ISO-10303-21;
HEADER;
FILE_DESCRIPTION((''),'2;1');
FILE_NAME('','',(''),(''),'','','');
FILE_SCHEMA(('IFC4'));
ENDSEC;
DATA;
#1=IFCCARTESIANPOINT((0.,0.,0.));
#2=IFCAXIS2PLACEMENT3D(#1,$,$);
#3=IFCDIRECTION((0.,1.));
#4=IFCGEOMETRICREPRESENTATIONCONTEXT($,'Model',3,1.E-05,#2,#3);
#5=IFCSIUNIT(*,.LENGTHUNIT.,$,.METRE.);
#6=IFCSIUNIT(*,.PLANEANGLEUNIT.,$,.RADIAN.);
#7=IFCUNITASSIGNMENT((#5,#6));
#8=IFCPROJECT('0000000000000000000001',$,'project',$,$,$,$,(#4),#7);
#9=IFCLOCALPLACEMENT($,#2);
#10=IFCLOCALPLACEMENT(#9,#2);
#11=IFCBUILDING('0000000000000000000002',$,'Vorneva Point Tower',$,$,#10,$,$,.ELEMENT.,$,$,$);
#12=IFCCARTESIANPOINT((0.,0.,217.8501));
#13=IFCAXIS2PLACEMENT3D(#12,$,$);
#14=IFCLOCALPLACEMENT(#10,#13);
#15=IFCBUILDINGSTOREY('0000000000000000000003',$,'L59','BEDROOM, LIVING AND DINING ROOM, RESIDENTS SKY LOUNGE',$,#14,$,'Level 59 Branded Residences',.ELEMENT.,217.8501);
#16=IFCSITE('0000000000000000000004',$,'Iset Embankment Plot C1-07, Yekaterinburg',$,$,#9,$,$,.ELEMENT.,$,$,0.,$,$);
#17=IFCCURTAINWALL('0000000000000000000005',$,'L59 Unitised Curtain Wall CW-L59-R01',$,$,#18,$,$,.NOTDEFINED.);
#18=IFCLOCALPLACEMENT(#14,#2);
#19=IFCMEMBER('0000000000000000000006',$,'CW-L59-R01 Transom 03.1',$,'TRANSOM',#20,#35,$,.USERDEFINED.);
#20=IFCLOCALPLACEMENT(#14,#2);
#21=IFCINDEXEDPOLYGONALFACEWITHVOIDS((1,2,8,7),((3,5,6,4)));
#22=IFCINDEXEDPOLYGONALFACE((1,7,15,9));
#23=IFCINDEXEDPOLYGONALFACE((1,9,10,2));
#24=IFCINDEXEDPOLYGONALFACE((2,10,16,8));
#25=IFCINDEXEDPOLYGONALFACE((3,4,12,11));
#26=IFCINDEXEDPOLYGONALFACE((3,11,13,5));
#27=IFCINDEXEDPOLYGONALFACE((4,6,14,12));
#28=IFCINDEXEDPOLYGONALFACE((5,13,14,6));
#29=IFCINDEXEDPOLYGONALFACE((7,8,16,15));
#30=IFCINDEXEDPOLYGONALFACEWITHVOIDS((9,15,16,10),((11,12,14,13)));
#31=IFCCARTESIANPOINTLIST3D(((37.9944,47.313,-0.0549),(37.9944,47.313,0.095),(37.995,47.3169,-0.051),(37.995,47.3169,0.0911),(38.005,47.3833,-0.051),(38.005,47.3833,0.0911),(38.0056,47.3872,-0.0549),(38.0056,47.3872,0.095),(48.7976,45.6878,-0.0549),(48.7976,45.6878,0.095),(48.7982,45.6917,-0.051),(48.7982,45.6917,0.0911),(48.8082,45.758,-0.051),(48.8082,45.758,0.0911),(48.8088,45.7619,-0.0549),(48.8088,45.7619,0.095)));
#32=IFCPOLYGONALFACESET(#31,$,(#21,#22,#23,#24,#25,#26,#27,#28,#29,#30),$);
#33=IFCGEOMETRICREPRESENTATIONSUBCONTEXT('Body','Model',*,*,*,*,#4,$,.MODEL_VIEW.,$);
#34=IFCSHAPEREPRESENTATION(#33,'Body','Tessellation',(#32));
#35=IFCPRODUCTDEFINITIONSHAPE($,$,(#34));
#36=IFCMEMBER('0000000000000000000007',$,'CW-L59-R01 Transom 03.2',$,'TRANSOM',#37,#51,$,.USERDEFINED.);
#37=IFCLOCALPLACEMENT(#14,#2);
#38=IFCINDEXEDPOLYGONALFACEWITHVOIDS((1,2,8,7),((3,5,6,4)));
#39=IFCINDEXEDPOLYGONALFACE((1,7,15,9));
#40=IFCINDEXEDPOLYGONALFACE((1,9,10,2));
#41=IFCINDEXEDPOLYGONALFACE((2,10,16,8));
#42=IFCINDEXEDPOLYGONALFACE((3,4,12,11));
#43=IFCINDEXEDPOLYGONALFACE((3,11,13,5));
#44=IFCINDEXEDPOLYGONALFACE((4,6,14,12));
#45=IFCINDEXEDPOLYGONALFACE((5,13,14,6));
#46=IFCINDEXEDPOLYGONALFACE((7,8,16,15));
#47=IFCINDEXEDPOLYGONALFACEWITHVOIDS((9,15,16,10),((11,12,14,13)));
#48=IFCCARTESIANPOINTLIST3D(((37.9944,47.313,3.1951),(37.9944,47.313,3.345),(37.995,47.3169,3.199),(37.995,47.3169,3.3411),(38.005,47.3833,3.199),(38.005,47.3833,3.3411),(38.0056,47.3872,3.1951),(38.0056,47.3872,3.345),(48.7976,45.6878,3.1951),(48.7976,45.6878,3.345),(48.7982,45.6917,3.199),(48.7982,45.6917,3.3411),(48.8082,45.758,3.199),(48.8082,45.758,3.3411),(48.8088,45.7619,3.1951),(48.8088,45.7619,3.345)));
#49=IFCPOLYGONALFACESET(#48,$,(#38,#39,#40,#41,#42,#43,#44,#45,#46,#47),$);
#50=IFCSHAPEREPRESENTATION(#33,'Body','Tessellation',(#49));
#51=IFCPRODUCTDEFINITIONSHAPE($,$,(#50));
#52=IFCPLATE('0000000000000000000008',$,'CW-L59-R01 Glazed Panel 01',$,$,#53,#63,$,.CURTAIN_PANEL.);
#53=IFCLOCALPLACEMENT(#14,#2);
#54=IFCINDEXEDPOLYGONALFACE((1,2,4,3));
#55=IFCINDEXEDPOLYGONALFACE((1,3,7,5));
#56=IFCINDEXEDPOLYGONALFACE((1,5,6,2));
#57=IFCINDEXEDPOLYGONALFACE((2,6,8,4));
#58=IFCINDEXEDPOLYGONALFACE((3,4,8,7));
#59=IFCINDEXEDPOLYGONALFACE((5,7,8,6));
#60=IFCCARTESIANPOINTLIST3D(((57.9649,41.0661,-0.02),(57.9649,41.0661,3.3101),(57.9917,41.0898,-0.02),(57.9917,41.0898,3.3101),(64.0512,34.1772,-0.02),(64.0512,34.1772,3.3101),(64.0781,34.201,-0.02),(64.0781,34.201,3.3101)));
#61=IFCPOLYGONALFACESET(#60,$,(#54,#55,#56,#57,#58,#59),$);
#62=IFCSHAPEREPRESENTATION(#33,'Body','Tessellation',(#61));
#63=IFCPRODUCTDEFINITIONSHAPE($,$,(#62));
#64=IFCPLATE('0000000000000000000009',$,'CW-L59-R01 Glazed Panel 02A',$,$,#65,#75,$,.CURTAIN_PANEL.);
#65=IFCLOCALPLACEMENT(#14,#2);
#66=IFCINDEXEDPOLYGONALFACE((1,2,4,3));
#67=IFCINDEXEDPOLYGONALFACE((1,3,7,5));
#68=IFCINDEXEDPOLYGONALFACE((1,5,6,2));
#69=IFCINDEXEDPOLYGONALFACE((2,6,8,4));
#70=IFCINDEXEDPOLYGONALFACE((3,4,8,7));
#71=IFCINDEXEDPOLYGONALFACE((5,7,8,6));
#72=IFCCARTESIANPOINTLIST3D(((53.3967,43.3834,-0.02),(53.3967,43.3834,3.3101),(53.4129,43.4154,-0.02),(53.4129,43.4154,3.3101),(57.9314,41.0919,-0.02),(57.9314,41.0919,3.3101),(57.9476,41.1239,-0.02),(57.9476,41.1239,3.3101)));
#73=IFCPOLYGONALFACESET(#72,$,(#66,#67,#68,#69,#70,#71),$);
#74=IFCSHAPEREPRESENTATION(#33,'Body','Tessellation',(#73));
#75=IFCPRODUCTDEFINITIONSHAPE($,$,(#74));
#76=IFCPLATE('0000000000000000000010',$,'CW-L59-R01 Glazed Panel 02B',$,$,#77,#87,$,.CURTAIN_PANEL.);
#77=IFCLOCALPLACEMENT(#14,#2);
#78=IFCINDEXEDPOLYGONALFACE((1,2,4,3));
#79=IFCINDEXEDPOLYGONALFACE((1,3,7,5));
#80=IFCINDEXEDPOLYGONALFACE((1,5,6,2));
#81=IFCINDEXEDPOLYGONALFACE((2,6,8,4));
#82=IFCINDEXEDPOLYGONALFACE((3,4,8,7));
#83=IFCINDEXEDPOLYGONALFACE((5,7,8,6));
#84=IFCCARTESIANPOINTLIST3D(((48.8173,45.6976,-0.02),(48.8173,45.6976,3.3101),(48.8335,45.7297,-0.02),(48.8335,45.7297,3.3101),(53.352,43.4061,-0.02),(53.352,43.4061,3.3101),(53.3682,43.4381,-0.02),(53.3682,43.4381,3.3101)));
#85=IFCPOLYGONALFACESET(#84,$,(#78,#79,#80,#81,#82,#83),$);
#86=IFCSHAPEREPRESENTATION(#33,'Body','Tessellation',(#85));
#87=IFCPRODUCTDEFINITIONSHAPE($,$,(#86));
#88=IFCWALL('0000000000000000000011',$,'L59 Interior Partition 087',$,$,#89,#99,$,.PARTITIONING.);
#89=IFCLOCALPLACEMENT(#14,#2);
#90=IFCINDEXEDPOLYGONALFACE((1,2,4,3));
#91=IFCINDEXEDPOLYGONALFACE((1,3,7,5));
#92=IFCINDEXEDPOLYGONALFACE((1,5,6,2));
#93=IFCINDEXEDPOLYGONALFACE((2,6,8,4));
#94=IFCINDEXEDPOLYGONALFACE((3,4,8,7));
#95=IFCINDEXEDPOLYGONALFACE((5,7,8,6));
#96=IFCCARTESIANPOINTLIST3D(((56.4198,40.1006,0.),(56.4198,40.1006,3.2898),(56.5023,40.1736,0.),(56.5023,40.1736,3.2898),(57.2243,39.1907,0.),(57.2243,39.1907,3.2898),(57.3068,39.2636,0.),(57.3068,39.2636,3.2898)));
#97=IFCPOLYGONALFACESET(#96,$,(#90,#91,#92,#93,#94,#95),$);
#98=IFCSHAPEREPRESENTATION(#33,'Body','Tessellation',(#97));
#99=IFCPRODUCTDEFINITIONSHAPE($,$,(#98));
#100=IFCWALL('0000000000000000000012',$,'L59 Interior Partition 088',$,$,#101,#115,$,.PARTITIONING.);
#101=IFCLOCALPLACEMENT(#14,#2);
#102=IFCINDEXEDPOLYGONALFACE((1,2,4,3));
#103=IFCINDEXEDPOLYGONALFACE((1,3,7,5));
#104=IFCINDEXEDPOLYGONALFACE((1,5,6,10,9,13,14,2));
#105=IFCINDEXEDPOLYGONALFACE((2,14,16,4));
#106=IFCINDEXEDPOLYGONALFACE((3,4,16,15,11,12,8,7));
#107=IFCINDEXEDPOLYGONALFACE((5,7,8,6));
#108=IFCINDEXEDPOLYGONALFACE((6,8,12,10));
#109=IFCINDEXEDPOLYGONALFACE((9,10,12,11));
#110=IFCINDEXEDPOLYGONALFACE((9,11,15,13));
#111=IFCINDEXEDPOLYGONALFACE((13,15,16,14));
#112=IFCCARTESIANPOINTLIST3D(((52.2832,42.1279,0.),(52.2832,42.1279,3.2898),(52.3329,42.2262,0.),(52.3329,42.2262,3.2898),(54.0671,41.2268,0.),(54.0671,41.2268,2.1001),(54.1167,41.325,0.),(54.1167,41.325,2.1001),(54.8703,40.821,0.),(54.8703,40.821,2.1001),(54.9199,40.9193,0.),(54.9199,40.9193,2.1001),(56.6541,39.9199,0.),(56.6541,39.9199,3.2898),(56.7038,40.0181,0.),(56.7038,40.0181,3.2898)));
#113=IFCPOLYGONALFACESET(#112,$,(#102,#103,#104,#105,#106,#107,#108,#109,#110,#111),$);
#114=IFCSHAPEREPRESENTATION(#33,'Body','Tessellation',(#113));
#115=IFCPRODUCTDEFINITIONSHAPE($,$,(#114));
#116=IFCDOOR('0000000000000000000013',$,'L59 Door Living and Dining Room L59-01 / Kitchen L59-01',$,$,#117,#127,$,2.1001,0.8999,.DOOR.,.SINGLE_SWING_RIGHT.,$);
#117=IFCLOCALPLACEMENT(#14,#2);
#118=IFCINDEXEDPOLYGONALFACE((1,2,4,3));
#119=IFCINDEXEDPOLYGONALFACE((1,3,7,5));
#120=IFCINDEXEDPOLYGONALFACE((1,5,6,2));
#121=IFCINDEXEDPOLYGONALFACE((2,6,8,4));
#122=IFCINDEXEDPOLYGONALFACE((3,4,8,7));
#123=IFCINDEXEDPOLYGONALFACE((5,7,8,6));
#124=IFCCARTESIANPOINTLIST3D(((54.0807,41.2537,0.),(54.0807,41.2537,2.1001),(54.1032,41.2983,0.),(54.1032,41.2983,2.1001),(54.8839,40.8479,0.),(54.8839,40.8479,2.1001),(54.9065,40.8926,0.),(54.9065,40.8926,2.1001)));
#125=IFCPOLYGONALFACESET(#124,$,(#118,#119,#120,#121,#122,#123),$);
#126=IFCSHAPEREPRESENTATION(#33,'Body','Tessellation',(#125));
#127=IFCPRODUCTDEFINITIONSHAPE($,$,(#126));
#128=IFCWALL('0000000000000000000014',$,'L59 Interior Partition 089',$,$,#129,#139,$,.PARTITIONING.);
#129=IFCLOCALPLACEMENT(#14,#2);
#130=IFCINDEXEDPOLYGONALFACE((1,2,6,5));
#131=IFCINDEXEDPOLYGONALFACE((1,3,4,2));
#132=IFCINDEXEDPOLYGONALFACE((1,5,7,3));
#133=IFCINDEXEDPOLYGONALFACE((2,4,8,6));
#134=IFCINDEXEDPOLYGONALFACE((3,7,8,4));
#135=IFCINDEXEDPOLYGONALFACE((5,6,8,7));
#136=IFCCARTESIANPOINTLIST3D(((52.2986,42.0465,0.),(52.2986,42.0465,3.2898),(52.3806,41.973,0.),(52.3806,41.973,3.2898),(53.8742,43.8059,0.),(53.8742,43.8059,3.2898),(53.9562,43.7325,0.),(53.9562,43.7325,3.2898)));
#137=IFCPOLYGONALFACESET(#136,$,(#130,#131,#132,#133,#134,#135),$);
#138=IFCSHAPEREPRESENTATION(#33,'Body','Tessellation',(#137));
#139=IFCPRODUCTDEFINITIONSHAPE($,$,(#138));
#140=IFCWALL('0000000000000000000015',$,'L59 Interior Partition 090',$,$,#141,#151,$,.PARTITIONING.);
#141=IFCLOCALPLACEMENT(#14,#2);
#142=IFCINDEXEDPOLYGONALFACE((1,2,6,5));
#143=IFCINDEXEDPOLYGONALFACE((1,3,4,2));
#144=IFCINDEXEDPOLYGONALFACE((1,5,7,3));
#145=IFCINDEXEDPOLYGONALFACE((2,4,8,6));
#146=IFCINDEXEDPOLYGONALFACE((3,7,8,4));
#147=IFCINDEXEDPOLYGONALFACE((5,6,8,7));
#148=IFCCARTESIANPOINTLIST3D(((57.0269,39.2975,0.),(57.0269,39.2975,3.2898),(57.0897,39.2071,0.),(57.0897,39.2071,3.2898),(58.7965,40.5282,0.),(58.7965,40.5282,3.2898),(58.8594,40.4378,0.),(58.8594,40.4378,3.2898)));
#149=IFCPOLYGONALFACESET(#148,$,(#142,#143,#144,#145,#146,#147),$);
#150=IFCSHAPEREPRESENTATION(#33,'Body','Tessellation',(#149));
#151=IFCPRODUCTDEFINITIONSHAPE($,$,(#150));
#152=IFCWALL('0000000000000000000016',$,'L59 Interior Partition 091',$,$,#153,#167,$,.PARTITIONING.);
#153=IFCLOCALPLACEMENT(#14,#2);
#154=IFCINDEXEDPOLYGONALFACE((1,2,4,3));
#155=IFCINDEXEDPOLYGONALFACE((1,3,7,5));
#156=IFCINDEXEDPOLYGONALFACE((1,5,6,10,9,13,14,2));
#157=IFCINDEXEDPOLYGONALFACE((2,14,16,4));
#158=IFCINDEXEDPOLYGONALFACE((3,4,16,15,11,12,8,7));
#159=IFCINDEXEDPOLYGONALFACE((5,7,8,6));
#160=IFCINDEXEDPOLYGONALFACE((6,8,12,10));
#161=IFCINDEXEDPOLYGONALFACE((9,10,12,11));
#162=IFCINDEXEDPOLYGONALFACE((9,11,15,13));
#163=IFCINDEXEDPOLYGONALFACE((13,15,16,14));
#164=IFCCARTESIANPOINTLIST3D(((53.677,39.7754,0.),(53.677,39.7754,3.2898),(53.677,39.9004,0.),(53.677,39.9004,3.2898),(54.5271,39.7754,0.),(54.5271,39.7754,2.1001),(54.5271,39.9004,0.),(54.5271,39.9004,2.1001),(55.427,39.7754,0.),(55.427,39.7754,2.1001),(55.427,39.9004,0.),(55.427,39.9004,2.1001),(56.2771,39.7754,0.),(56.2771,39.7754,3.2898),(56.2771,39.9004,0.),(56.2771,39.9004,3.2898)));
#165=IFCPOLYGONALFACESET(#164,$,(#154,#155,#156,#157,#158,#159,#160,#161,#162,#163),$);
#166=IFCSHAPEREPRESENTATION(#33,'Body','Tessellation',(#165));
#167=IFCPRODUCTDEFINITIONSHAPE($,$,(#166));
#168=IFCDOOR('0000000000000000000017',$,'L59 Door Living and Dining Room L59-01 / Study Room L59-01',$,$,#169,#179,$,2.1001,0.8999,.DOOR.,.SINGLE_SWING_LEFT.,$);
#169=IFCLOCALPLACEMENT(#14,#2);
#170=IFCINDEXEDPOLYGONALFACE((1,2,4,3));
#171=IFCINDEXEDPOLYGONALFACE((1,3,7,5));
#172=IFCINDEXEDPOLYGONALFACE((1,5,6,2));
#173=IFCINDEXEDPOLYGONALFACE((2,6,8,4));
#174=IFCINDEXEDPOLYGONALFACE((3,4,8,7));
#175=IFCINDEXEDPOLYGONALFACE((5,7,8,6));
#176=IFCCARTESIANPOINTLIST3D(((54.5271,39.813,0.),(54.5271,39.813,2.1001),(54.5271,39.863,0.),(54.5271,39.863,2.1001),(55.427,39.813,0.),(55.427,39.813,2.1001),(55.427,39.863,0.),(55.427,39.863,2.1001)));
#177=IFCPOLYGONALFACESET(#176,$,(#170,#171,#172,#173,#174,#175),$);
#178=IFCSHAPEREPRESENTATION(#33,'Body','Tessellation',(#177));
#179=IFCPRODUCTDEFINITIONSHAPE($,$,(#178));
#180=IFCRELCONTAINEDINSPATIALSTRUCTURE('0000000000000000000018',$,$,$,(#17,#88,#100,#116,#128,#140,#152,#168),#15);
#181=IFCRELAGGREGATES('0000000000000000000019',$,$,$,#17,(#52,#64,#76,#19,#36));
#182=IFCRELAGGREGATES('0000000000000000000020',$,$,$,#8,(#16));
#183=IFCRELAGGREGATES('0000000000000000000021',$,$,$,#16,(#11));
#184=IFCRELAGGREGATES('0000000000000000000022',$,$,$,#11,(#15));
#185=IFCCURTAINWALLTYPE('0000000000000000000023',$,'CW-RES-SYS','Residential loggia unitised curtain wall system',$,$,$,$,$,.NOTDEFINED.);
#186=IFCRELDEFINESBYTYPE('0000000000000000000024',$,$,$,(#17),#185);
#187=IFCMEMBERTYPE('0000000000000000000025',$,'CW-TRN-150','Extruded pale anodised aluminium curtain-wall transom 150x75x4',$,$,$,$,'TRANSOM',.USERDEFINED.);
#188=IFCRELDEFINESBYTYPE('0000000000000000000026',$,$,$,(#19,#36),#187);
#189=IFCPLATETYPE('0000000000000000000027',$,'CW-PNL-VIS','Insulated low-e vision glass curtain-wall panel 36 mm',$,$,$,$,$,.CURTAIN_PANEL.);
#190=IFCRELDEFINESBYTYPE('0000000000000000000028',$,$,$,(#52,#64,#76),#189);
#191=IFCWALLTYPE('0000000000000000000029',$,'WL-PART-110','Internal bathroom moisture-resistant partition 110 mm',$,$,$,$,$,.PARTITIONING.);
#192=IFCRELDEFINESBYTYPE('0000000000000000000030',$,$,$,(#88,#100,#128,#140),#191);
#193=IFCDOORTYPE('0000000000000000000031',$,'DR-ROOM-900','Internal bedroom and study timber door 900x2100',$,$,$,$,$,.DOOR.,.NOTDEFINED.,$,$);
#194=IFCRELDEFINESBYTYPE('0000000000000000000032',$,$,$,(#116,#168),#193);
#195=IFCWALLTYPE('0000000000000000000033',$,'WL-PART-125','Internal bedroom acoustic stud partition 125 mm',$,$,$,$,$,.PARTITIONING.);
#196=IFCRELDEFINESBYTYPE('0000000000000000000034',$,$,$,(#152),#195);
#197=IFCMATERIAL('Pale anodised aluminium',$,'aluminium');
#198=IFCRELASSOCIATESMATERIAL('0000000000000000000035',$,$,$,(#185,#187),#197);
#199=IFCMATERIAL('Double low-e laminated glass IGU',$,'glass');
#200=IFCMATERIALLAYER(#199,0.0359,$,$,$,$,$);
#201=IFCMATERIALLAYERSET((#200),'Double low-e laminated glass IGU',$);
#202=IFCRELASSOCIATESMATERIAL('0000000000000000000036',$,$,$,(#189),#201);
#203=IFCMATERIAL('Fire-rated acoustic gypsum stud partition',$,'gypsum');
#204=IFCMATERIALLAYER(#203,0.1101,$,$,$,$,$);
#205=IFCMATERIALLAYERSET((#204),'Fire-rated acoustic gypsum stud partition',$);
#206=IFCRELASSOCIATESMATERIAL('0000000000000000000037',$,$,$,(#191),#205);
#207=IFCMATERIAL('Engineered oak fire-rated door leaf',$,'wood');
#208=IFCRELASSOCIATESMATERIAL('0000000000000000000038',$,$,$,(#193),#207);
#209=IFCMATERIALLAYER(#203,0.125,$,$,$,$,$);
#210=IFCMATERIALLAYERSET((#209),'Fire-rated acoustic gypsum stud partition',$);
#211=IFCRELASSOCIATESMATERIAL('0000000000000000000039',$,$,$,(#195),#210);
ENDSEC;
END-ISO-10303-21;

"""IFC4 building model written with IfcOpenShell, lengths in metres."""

from ifc_helpers import new_model, si_unit, direction, frame, frame_2d, origin, origin_2d, place, context, subcontext, project, spatial, rectangle, hollow_rectangle, extrude, material, layer, layer_set, material_profile, profile_set, type_object, element, fill, aggregate, save


model = new_model("IFC4")

# Units and contexts
model_context = context("Model", 3, precision=1e-05, world=origin(), true_north=direction((0.0, 1.0)))
body_context = subcontext(model_context, "Body", "Model", "MODEL_VIEW")
ifc_project = project(units=[si_unit("LENGTHUNIT", "METRE"), si_unit("PLANEANGLEUNIT", "RADIAN")], contexts=[model_context])

# Site, building, storey
site_placement = place(None, origin())
site = spatial("IfcSite", under=ifc_project, at=site_placement, Name="Iset Embankment Plot C1-07, Yekaterinburg", CompositionType="ELEMENT", RefElevation=0.0)
building_placement = place(site_placement, origin())
building = spatial("IfcBuilding", under=site, at=building_placement, Name="Vorneva Point Tower", CompositionType="ELEMENT")
storey_placement = place(building_placement, frame((0.0, 0.0, 217.8501)))
storey = spatial("IfcBuildingStorey", under=building, at=storey_placement, Name="L59", Description="BEDROOM, LIVING AND DINING ROOM, RESIDENTS SKY LOUNGE", LongName="Level 59 Branded Residences", CompositionType="ELEMENT", Elevation=217.8501)

# Curtain wall, members, plates
ifc_material_1 = material(Name="Pale anodised aluminium", Category="aluminium")
curtain_wall_type = type_object("IfcCurtainWallType", Name="CW-RES-SYS", Description="Residential loggia unitised curtain wall system", PredefinedType="NOTDEFINED", material=ifc_material_1)
curtain_wall_placement = place(storey_placement, origin())
curtain_wall = element("IfcCurtainWall", 1, at=curtain_wall_placement, inside=storey, type_object=curtain_wall_type, Name="L59 Unitised Curtain Wall CW-L59-R01", PredefinedType="NOTDEFINED")
ifc_material_profile_1 = material_profile(ifc_material_1, hollow_rectangle(XDim=0.075, YDim=0.1499, WallThickness=0.0039, at=origin_2d()), Name="AL-TRN 150x75x4")
ifc_profile_set_1 = profile_set([ifc_material_profile_1], Name="Pale anodised aluminium")
member_type_1 = type_object("IfcMemberType", Name="CW-TRN-150", Description="Extruded pale anodised aluminium curtain-wall transom 150x75x4", ElementType="TRANSOM", PredefinedType="USERDEFINED", material=ifc_profile_set_1)
member_1_placement = place(storey_placement, frame((48.8032, 45.7249, 0.02), z_axis=(-0.988872, 0.148767, 0.0), x_axis=(-0.148767, -0.988872, 0.0)))
member_1 = element("IfcMember", 2, at=member_1_placement, type_object=member_type_1, Name="CW-L59-R01 Transom 03.1", ObjectType="TRANSOM", PredefinedType="USERDEFINED", context=body_context, shape_type="SweptSolid", body=[
    extrude(hollow_rectangle(XDim=0.075, YDim=0.1499, WallThickness=0.0039, at=origin_2d()), origin(), (0.0, 0.0, 1.0), 10.9248),
])
member_2_placement = place(storey_placement, frame((48.8032, 45.7249, 3.27), z_axis=(-0.988872, 0.148767, 0.0), x_axis=(-0.148767, -0.988872, 0.0)))
member_2 = element("IfcMember", 3, at=member_2_placement, type_object=member_type_1, Name="CW-L59-R01 Transom 03.2", ObjectType="TRANSOM", PredefinedType="USERDEFINED", context=body_context, shape_type="SweptSolid", body=[
    extrude(hollow_rectangle(XDim=0.075, YDim=0.1499, WallThickness=0.0039, at=origin_2d()), origin(), (0.0, 0.0, 1.0), 10.9248),
])
ifc_material_2 = material(Name="Double low-e laminated glass IGU", Category="glass")
ifc_layer_1 = layer(ifc_material_2, 0.0359)
ifc_layer_set_1 = layer_set([ifc_layer_1], Name="Double low-e laminated glass IGU")
plate_type = type_object("IfcPlateType", Name="CW-PNL-VIS", Description="Insulated low-e vision glass curtain-wall panel 36 mm", PredefinedType="CURTAIN_PANEL", material=ifc_layer_set_1)
plate_1_placement = place(storey_placement, frame((61.0215, 37.6335, -0.02), z_axis=(0.0, 0.0, 1.0), x_axis=(-0.66211, 0.749407, 0.0)))
plate_1 = element("IfcPlate", 4, at=plate_1_placement, type_object=plate_type, Name="CW-L59-R01 Glazed Panel 01", PredefinedType="CURTAIN_PANEL", context=body_context, shape_type="SweptSolid", body=[
    extrude(rectangle(XDim=9.1924, YDim=0.0359, at=origin_2d()), origin(), (0.0, 0.0, 1.0), 3.3301),
])
plate_2_placement = place(storey_placement, frame((55.6721, 42.2537, -0.02), z_axis=(0.0, 0.0, 1.0), x_axis=(-0.892515, 0.451018, 0.0)))
plate_2 = element("IfcPlate", 5, at=plate_2_placement, type_object=plate_type, Name="CW-L59-R01 Glazed Panel 02A", PredefinedType="CURTAIN_PANEL", context=body_context, shape_type="SweptSolid", body=[
    extrude(rectangle(XDim=5.0808, YDim=0.0359, at=origin_2d()), origin(), (0.0, 0.0, 1.0), 3.3301),
])
plate_3_placement = place(storey_placement, frame((51.0928, 44.5679, -0.02), z_axis=(0.0, 0.0, 1.0), x_axis=(-0.892515, 0.451018, 0.0)))
plate_3 = element("IfcPlate", 6, at=plate_3_placement, type_object=plate_type, Name="CW-L59-R01 Glazed Panel 02B", PredefinedType="CURTAIN_PANEL", context=body_context, shape_type="SweptSolid", body=[
    extrude(rectangle(XDim=5.0808, YDim=0.0359, at=origin_2d()), origin(), (0.0, 0.0, 1.0), 3.3301),
])
aggregate(curtain_wall, [plate_1, plate_2, plate_3, member_1, member_2])

# Wall
ifc_material_3 = material(Name="Fire-rated acoustic gypsum stud partition", Category="gypsum")
ifc_layer_2 = layer(ifc_material_3, 0.1101)
ifc_layer_set_2 = layer_set([ifc_layer_2], Name="Fire-rated acoustic gypsum stud partition")
wall_type_1 = type_object("IfcWallType", Name="WL-PART-110", Description="Internal bathroom moisture-resistant partition 110 mm", PredefinedType="PARTITIONING", material=ifc_layer_set_2)
wall_1_placement = place(storey_placement, frame((57.2656, 39.2271, 0.0), z_axis=(0.0, 0.0, 1.0), x_axis=(-0.662353, 0.749192, 0.0)))
element("IfcWall", 7, at=wall_1_placement, inside=storey, type_object=wall_type_1, Name="L59 Interior Partition 087", PredefinedType="PARTITIONING", context=body_context, shape_type="SweptSolid", body=[
    extrude(rectangle(XDim=1.2146, YDim=0.1101, at=frame_2d((0.6074, 0.0))), origin(), (0.0, 0.0, 1.0), 3.2898),
])

# Wall, opening, door
wall_2_placement = place(storey_placement, frame((56.679, 39.969, 0.0), z_axis=(0.0, 0.0, 1.0), x_axis=(-0.892575, 0.450899, 0.0)))
wall_2 = element("IfcWall", 8, at=wall_2_placement, inside=storey, type_object=wall_type_1, Name="L59 Interior Partition 088", PredefinedType="PARTITIONING", context=body_context, shape_type="SweptSolid", body=[
    extrude(rectangle(XDim=4.897, YDim=0.1101, at=frame_2d((2.4485, 0.0))), origin(), (0.0, 0.0, 1.0), 3.2898),
])
opening_1_placement = place(wall_2_placement, frame((1.9985, 0.0, 0.0)))
opening_1 = element("IfcOpeningElement", 9, at=opening_1_placement, cuts=wall_2, PredefinedType="OPENING", context=body_context, shape_type="SweptSolid", body=[
    extrude(rectangle(XDim=0.8999, YDim=2.1001, at=frame_2d((0.45, 1.05))), frame((0.0, 0.0698, 0.0), z_axis=(0.0, -1.0, 0.0), x_axis=(1.0, 0.0, 0.0)), (0.0, 0.0, 1.0), 0.1399),
])
ifc_material_4 = material(Name="Engineered oak fire-rated door leaf", Category="wood")
door_type_1 = type_object("IfcDoorType", Name="DR-ROOM-900", Description="Internal bedroom and study timber door 900x2100", OperationType="NOTDEFINED", PredefinedType="DOOR", material=ifc_material_4)
door_1_placement = place(opening_1_placement, origin())
door_1 = element("IfcDoor", 10, at=door_1_placement, inside=storey, type_object=door_type_1, Name="L59 Door Living and Dining Room L59-01 / Kitchen L59-01", OperationType="SINGLE_SWING_RIGHT", OverallHeight=2.1001, OverallWidth=0.8999, PredefinedType="DOOR", context=body_context, shape_type="SweptSolid", body=[
    extrude(rectangle(XDim=0.8999, YDim=2.1001, at=frame_2d((0.45, 1.05))), frame((0.0, 0.0249, 0.0), z_axis=(0.0, -1.0, 0.0), x_axis=(1.0, 0.0, 0.0)), (0.0, 0.0, 1.0), 0.05),
])
fill(opening_1, door_1)

# Walls
wall_3_placement = place(storey_placement, frame((52.3396, 42.0098, 0.0), z_axis=(0.0, 0.0, 1.0), x_axis=(0.667118, 0.744952, 0.0)))
element("IfcWall", 11, at=wall_3_placement, inside=storey, type_object=wall_type_1, Name="L59 Interior Partition 089", PredefinedType="PARTITIONING", context=body_context, shape_type="SweptSolid", body=[
    extrude(rectangle(XDim=2.3618, YDim=0.1101, at=frame_2d((1.1809, 0.0))), origin(), (0.0, 0.0, 1.0), 3.2898),
])
wall_4_placement = place(storey_placement, frame((58.8279, 40.4829, 0.0), z_axis=(0.0, 0.0, 1.0), x_axis=(-0.821, -0.570928, 0.0)))
element("IfcWall", 12, at=wall_4_placement, inside=storey, type_object=wall_type_1, Name="L59 Interior Partition 090", PredefinedType="PARTITIONING", context=body_context, shape_type="SweptSolid", body=[
    extrude(rectangle(XDim=2.1555, YDim=0.1101, at=frame_2d((1.0776, 0.0))), origin(), (0.0, 0.0, 1.0), 3.2898),
])

# Wall, opening, door
ifc_layer_3 = layer(ifc_material_3, 0.125)
ifc_layer_set_3 = layer_set([ifc_layer_3], Name="Fire-rated acoustic gypsum stud partition")
wall_type_2 = type_object("IfcWallType", Name="WL-PART-125", Description="Internal bedroom acoustic stud partition 125 mm", PredefinedType="PARTITIONING", material=ifc_layer_set_3)
wall_5_placement = place(storey_placement, frame((56.2771, 39.8379, 0.0), z_axis=(0.0, 0.0, 1.0), x_axis=(-1.0, 0.0, 0.0)))
wall_5 = element("IfcWall", 13, at=wall_5_placement, inside=storey, type_object=wall_type_2, Name="L59 Interior Partition 091", PredefinedType="PARTITIONING", context=body_context, shape_type="SweptSolid", body=[
    extrude(rectangle(XDim=2.6001, YDim=0.125, at=frame_2d((1.3, 0.0))), origin(), (0.0, 0.0, 1.0), 3.2898),
])
opening_2_placement = place(wall_5_placement, frame((0.8501, 0.0, 0.0)))
opening_2 = element("IfcOpeningElement", 14, at=opening_2_placement, cuts=wall_5, PredefinedType="OPENING", context=body_context, shape_type="SweptSolid", body=[
    extrude(rectangle(XDim=0.8999, YDim=2.1001, at=frame_2d((0.45, 1.05))), frame((0.0, 0.0774, 0.0), z_axis=(0.0, -1.0, 0.0), x_axis=(1.0, 0.0, 0.0)), (0.0, 0.0, 1.0), 0.1548),
])
door_2_placement = place(opening_2_placement, origin())
door_2 = element("IfcDoor", 15, at=door_2_placement, inside=storey, type_object=door_type_1, Name="L59 Door Living and Dining Room L59-01 / Study Room L59-01", OperationType="SINGLE_SWING_LEFT", OverallHeight=2.1001, OverallWidth=0.8999, PredefinedType="DOOR", context=body_context, shape_type="SweptSolid", body=[
    extrude(rectangle(XDim=0.8999, YDim=2.1001, at=frame_2d((0.45, 1.05))), frame((0.0, 0.0249, 0.0), z_axis=(0.0, -1.0, 0.0), x_axis=(1.0, 0.0, 0.0)), (0.0, 0.0, 1.0), 0.05),
])
fill(opening_2, door_2)

save(model, "model.ifc")
